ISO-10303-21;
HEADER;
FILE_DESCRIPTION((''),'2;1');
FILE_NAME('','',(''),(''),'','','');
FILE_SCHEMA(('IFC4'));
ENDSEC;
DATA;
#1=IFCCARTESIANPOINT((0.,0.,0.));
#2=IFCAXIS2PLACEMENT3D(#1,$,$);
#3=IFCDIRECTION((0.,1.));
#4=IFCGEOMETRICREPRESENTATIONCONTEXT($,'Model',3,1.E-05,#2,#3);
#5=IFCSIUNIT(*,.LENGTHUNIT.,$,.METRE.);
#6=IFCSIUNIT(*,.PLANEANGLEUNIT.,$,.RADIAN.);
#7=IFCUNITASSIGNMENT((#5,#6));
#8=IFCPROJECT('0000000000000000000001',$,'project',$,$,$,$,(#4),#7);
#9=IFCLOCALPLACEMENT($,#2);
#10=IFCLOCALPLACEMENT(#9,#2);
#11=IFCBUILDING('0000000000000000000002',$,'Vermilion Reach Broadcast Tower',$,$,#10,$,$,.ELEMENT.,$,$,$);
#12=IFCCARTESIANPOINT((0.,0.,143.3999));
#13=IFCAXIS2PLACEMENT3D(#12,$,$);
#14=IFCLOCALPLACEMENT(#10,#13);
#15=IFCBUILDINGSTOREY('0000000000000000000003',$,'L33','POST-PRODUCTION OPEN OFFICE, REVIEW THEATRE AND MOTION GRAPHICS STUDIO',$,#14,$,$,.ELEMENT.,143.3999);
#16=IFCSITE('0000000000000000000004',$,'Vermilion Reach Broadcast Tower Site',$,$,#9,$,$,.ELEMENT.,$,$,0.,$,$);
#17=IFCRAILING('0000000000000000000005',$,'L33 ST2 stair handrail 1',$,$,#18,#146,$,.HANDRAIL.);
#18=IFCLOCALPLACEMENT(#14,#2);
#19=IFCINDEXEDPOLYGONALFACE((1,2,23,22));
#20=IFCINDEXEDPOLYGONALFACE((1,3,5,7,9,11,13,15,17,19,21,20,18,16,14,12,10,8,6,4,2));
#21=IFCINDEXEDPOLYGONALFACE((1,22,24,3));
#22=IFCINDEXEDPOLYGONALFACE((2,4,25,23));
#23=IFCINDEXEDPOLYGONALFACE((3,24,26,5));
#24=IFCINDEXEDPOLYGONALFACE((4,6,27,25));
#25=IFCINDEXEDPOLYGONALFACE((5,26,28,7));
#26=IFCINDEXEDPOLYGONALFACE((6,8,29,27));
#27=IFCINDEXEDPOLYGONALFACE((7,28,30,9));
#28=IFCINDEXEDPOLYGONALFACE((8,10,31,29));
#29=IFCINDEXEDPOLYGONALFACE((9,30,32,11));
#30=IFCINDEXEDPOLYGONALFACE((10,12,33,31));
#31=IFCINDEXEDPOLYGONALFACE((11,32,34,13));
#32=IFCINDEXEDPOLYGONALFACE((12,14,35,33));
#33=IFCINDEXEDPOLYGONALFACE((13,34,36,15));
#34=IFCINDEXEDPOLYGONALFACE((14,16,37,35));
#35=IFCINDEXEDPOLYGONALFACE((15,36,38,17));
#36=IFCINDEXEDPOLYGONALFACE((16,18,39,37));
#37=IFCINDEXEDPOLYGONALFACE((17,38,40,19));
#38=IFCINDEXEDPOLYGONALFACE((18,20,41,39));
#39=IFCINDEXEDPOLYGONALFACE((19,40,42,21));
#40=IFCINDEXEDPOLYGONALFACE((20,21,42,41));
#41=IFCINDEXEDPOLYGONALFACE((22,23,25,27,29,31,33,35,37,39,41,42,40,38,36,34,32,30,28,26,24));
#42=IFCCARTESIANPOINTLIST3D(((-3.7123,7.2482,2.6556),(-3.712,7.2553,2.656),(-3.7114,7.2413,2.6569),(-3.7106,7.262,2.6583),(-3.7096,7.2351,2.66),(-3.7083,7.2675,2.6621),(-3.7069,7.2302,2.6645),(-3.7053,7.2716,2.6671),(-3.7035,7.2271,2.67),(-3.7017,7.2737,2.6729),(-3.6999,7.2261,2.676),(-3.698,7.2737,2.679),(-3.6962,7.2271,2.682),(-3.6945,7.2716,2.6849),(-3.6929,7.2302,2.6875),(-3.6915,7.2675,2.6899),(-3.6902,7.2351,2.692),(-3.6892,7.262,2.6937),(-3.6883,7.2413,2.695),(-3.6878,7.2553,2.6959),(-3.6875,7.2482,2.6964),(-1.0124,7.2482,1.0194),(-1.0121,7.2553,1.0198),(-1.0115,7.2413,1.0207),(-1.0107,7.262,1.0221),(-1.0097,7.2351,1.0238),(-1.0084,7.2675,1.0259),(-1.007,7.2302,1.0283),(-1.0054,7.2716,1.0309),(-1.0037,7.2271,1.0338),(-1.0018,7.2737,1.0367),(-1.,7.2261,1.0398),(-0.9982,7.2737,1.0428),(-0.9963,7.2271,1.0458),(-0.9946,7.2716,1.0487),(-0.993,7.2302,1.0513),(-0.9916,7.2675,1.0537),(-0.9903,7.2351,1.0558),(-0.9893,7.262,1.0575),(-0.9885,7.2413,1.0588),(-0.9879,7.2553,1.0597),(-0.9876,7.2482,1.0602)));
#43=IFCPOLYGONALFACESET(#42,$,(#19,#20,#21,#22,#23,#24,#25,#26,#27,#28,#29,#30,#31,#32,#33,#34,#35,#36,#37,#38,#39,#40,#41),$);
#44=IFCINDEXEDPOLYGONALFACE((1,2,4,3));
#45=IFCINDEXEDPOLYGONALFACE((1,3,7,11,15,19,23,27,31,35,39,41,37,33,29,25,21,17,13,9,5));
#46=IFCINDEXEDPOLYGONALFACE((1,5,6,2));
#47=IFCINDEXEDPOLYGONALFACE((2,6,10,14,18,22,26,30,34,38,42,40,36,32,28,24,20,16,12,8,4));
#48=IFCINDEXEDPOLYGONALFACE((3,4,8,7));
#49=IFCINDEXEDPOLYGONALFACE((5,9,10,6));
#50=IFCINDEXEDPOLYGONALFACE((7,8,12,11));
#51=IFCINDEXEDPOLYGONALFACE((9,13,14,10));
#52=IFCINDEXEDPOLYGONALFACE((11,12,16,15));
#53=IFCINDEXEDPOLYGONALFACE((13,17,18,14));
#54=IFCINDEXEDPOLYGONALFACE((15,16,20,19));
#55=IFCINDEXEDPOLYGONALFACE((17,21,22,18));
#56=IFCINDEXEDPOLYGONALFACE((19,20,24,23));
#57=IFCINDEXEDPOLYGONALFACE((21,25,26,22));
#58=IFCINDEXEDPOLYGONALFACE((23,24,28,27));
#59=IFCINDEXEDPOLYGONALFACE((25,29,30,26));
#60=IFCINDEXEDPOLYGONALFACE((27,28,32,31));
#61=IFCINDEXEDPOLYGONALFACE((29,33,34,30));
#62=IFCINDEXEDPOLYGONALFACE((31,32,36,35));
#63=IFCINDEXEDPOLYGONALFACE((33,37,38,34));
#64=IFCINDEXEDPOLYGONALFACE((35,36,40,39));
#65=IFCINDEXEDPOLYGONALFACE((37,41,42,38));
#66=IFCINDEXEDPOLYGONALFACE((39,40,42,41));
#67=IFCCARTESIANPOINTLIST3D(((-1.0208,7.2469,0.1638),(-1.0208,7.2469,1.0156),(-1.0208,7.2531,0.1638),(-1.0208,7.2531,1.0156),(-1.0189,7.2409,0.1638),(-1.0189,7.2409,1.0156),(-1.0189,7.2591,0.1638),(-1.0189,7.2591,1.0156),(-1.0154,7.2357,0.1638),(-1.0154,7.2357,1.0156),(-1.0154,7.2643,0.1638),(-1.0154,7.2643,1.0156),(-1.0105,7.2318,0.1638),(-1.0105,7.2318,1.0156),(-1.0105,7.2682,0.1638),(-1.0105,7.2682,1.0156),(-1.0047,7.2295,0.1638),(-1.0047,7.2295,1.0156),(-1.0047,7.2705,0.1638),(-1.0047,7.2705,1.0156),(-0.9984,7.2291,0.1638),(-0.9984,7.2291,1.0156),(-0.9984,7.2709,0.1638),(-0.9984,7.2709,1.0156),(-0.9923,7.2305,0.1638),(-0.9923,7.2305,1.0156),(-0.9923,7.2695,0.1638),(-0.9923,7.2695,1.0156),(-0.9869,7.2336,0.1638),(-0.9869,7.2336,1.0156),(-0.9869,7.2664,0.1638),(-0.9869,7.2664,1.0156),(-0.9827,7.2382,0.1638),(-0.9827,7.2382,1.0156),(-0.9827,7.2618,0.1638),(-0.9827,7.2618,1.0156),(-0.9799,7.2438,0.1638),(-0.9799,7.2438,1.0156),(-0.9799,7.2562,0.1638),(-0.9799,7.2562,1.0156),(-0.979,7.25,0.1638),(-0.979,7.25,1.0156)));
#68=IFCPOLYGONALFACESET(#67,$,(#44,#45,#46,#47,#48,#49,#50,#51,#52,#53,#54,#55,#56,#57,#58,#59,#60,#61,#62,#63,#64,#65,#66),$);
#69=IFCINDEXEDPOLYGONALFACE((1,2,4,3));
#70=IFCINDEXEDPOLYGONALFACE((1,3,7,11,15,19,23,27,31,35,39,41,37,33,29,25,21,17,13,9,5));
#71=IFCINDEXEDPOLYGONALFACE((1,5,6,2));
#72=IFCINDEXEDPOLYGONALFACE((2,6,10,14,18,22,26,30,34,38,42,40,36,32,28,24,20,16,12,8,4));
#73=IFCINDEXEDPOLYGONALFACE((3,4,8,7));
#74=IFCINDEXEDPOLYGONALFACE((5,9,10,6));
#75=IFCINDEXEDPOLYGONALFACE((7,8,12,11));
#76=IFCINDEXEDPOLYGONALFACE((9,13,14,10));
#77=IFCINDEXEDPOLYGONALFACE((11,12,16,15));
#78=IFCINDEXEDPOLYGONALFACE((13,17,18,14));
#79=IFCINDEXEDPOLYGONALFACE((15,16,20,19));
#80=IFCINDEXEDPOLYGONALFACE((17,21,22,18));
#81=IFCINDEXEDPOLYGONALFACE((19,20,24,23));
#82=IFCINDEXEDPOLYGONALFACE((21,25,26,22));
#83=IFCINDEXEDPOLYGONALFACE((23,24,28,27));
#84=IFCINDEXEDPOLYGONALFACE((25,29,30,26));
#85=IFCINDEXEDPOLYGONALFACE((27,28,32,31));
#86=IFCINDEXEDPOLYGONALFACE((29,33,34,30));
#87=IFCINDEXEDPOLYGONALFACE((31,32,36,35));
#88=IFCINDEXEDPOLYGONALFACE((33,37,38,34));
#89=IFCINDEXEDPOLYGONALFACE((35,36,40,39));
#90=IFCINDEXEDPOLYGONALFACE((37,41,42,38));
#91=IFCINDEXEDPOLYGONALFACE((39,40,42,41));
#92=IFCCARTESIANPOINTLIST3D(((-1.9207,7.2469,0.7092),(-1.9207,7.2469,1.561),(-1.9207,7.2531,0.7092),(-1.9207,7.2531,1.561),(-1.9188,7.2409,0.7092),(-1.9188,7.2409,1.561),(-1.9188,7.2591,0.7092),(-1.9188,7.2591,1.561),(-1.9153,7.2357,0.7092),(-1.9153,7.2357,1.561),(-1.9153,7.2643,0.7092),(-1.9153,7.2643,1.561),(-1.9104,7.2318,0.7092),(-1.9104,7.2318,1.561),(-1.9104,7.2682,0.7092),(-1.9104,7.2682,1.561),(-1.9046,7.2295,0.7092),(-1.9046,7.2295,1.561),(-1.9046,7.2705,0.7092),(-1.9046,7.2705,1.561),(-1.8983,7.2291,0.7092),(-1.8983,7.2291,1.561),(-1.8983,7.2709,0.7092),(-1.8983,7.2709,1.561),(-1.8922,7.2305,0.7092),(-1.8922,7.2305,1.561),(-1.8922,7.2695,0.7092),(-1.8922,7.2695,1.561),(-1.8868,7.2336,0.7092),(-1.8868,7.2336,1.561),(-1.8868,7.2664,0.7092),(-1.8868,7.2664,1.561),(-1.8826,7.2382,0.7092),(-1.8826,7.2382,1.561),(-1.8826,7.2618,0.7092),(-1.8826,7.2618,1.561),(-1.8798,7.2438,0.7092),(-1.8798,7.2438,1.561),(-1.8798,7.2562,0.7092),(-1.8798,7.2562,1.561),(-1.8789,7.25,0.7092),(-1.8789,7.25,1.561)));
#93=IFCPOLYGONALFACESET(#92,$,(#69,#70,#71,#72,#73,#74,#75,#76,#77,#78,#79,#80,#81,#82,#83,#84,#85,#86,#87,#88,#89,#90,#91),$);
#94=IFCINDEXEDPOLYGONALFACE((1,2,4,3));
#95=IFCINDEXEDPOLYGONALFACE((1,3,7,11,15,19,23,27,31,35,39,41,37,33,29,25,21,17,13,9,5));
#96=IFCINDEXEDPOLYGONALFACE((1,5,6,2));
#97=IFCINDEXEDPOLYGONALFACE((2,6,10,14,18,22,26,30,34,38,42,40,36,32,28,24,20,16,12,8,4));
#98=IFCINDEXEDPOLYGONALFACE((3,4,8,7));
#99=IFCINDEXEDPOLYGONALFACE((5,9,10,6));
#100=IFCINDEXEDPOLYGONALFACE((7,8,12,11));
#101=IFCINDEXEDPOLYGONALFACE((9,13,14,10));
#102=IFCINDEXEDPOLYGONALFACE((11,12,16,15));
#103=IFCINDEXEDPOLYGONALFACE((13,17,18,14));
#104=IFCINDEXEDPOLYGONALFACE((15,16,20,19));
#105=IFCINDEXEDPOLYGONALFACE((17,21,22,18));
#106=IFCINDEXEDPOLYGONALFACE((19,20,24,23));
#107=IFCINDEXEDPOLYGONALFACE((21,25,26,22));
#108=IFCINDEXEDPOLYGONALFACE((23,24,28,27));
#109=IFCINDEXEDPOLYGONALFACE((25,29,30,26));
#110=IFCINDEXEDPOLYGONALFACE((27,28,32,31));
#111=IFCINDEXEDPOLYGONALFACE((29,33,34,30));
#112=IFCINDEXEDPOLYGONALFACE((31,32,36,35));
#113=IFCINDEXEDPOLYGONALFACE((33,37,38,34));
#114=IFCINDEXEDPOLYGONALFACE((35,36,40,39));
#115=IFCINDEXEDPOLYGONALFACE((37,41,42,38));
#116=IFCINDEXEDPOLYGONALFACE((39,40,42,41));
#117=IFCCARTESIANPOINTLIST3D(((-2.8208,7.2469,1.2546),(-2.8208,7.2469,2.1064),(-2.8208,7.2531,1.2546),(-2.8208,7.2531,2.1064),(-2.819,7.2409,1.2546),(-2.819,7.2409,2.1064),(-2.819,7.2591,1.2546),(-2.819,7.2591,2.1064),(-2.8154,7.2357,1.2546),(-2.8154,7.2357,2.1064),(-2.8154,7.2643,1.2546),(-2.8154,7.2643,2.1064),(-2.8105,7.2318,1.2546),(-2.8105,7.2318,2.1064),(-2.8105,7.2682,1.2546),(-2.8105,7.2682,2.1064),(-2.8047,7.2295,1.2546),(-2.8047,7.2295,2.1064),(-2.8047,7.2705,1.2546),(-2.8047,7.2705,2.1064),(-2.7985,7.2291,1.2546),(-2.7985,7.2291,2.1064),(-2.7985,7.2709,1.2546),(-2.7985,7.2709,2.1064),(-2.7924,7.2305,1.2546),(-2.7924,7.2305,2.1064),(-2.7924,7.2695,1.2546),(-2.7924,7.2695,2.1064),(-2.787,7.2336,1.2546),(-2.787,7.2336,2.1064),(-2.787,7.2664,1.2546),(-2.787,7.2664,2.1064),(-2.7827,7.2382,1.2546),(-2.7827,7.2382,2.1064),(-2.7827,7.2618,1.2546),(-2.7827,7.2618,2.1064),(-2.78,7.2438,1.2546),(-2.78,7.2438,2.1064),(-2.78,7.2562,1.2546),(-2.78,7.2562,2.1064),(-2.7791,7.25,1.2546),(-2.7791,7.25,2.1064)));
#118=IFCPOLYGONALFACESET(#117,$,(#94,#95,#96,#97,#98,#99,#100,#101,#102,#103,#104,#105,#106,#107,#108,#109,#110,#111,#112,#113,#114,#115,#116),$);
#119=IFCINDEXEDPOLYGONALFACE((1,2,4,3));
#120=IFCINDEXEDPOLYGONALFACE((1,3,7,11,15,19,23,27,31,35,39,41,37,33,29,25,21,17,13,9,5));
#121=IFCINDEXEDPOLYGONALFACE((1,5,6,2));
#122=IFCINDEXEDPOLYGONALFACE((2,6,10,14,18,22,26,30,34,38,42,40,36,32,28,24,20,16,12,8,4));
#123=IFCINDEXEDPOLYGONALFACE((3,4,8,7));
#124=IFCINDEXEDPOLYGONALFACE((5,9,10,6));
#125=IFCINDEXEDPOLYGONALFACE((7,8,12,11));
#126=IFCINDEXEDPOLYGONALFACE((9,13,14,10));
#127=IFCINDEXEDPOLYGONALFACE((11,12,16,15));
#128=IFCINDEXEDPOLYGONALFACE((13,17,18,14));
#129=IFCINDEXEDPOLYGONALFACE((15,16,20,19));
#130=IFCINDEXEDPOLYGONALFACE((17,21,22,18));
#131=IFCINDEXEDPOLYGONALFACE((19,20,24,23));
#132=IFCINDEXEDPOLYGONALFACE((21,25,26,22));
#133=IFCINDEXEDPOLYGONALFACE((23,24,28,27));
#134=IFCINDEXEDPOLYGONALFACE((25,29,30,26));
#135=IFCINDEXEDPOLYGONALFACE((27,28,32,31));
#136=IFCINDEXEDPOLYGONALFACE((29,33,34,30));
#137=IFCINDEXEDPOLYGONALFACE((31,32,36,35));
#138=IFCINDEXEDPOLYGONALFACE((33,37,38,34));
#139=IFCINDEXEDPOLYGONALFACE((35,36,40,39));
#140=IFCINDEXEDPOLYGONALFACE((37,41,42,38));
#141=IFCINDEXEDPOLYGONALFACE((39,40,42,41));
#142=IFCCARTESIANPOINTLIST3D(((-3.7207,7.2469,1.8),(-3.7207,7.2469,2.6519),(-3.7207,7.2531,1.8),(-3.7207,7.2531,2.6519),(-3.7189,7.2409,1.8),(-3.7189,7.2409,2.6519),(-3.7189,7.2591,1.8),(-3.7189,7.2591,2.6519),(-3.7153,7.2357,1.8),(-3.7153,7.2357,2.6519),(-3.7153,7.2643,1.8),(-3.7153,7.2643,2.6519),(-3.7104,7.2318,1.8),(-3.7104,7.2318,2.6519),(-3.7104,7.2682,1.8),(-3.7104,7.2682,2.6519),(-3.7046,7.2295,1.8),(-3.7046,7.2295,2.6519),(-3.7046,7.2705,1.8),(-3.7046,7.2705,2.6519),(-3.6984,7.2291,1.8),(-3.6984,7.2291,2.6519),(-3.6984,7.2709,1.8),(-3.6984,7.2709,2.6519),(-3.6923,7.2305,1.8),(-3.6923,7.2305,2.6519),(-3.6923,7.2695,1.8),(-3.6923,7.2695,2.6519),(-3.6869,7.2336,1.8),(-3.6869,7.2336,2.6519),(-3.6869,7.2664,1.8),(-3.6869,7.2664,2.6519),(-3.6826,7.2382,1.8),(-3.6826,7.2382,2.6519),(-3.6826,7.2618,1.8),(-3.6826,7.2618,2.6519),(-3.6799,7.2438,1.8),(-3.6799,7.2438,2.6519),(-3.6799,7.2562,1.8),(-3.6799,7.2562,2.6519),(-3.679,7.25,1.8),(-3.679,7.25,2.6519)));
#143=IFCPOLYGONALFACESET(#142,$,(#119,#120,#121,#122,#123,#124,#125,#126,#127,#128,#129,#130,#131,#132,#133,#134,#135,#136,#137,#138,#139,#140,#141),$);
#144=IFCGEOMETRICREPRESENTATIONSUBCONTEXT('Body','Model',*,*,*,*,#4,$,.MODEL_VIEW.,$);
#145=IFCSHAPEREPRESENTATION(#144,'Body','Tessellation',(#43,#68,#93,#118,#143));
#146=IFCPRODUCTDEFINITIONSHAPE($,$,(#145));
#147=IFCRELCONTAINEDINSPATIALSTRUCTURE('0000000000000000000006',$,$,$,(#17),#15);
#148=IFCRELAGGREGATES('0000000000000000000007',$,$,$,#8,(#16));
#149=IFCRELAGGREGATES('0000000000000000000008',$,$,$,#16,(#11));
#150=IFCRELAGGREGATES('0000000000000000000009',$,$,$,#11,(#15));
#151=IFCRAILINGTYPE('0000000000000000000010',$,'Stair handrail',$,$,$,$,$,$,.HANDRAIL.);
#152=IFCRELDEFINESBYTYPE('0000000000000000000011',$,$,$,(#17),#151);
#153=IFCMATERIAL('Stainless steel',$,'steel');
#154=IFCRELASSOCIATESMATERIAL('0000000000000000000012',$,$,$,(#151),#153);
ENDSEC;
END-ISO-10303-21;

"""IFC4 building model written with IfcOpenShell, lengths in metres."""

from ifc_helpers import new_model, si_unit, direction, frame, origin, origin_2d, place, context, subcontext, project, spatial, circle, extrude, material, type_object, element, save


model = new_model("IFC4")

# Units and contexts
model_context = context("Model", 3, precision=1e-05, world=origin(), true_north=direction((0.0, 1.0)))
body_context = subcontext(model_context, "Body", "Model", "MODEL_VIEW")
ifc_project = project(units=[si_unit("LENGTHUNIT", "METRE"), si_unit("PLANEANGLEUNIT", "RADIAN")], contexts=[model_context])

# Site, building, storey
site_placement = place(None, origin())
site = spatial("IfcSite", under=ifc_project, at=site_placement, Name="Vermilion Reach Broadcast Tower Site", CompositionType="ELEMENT", RefElevation=0.0)
building_placement = place(site_placement, origin())
building = spatial("IfcBuilding", under=site, at=building_placement, Name="Vermilion Reach Broadcast Tower", CompositionType="ELEMENT")
storey_placement = place(building_placement, frame((0.0, 0.0, 143.3999)))
storey = spatial("IfcBuildingStorey", under=building, at=storey_placement, Name="L33", Description="POST-PRODUCTION OPEN OFFICE, REVIEW THEATRE AND MOTION GRAPHICS STUDIO", CompositionType="ELEMENT", Elevation=143.3999)

# Railing
ifc_material_1 = material(Name="Stainless steel", Category="steel")
railing_type_1 = type_object("IfcRailingType", Name="Stair handrail", PredefinedType="HANDRAIL", material=ifc_material_1)
railing_1_placement = place(storey_placement, frame((-1.0, 7.25, 0.1638)))
element("IfcRailing", 1, at=railing_1_placement, inside=storey, type_object=railing_type_1, Name="L33 ST2 stair handrail 1", PredefinedType="HANDRAIL", context=body_context, shape_type="SweptSolid", body=[
    extrude(circle(Radius=0.0239, at=origin_2d()), frame((0.0, 0.0, 0.876), z_axis=(-0.855212, 0.0, 0.518278), x_axis=(0.0, -1.0, 0.0)), (0.0, 0.0, 1.0), 3.157),
    extrude(circle(Radius=0.021, at=origin_2d()), origin(), (0.0, 0.0, 1.0), 0.8518),
    extrude(circle(Radius=0.021, at=origin_2d()), frame((-0.8999, 0.0, 0.5454)), (0.0, 0.0, 1.0), 0.8518),
    extrude(circle(Radius=0.021, at=origin_2d()), frame((-1.8, 0.0, 1.0908)), (0.0, 0.0, 1.0), 0.8518),
    extrude(circle(Radius=0.021, at=origin_2d()), frame((-2.7, 0.0, 1.6362)), (0.0, 0.0, 1.0), 0.8518),
])

save(model, "model.ifc")
